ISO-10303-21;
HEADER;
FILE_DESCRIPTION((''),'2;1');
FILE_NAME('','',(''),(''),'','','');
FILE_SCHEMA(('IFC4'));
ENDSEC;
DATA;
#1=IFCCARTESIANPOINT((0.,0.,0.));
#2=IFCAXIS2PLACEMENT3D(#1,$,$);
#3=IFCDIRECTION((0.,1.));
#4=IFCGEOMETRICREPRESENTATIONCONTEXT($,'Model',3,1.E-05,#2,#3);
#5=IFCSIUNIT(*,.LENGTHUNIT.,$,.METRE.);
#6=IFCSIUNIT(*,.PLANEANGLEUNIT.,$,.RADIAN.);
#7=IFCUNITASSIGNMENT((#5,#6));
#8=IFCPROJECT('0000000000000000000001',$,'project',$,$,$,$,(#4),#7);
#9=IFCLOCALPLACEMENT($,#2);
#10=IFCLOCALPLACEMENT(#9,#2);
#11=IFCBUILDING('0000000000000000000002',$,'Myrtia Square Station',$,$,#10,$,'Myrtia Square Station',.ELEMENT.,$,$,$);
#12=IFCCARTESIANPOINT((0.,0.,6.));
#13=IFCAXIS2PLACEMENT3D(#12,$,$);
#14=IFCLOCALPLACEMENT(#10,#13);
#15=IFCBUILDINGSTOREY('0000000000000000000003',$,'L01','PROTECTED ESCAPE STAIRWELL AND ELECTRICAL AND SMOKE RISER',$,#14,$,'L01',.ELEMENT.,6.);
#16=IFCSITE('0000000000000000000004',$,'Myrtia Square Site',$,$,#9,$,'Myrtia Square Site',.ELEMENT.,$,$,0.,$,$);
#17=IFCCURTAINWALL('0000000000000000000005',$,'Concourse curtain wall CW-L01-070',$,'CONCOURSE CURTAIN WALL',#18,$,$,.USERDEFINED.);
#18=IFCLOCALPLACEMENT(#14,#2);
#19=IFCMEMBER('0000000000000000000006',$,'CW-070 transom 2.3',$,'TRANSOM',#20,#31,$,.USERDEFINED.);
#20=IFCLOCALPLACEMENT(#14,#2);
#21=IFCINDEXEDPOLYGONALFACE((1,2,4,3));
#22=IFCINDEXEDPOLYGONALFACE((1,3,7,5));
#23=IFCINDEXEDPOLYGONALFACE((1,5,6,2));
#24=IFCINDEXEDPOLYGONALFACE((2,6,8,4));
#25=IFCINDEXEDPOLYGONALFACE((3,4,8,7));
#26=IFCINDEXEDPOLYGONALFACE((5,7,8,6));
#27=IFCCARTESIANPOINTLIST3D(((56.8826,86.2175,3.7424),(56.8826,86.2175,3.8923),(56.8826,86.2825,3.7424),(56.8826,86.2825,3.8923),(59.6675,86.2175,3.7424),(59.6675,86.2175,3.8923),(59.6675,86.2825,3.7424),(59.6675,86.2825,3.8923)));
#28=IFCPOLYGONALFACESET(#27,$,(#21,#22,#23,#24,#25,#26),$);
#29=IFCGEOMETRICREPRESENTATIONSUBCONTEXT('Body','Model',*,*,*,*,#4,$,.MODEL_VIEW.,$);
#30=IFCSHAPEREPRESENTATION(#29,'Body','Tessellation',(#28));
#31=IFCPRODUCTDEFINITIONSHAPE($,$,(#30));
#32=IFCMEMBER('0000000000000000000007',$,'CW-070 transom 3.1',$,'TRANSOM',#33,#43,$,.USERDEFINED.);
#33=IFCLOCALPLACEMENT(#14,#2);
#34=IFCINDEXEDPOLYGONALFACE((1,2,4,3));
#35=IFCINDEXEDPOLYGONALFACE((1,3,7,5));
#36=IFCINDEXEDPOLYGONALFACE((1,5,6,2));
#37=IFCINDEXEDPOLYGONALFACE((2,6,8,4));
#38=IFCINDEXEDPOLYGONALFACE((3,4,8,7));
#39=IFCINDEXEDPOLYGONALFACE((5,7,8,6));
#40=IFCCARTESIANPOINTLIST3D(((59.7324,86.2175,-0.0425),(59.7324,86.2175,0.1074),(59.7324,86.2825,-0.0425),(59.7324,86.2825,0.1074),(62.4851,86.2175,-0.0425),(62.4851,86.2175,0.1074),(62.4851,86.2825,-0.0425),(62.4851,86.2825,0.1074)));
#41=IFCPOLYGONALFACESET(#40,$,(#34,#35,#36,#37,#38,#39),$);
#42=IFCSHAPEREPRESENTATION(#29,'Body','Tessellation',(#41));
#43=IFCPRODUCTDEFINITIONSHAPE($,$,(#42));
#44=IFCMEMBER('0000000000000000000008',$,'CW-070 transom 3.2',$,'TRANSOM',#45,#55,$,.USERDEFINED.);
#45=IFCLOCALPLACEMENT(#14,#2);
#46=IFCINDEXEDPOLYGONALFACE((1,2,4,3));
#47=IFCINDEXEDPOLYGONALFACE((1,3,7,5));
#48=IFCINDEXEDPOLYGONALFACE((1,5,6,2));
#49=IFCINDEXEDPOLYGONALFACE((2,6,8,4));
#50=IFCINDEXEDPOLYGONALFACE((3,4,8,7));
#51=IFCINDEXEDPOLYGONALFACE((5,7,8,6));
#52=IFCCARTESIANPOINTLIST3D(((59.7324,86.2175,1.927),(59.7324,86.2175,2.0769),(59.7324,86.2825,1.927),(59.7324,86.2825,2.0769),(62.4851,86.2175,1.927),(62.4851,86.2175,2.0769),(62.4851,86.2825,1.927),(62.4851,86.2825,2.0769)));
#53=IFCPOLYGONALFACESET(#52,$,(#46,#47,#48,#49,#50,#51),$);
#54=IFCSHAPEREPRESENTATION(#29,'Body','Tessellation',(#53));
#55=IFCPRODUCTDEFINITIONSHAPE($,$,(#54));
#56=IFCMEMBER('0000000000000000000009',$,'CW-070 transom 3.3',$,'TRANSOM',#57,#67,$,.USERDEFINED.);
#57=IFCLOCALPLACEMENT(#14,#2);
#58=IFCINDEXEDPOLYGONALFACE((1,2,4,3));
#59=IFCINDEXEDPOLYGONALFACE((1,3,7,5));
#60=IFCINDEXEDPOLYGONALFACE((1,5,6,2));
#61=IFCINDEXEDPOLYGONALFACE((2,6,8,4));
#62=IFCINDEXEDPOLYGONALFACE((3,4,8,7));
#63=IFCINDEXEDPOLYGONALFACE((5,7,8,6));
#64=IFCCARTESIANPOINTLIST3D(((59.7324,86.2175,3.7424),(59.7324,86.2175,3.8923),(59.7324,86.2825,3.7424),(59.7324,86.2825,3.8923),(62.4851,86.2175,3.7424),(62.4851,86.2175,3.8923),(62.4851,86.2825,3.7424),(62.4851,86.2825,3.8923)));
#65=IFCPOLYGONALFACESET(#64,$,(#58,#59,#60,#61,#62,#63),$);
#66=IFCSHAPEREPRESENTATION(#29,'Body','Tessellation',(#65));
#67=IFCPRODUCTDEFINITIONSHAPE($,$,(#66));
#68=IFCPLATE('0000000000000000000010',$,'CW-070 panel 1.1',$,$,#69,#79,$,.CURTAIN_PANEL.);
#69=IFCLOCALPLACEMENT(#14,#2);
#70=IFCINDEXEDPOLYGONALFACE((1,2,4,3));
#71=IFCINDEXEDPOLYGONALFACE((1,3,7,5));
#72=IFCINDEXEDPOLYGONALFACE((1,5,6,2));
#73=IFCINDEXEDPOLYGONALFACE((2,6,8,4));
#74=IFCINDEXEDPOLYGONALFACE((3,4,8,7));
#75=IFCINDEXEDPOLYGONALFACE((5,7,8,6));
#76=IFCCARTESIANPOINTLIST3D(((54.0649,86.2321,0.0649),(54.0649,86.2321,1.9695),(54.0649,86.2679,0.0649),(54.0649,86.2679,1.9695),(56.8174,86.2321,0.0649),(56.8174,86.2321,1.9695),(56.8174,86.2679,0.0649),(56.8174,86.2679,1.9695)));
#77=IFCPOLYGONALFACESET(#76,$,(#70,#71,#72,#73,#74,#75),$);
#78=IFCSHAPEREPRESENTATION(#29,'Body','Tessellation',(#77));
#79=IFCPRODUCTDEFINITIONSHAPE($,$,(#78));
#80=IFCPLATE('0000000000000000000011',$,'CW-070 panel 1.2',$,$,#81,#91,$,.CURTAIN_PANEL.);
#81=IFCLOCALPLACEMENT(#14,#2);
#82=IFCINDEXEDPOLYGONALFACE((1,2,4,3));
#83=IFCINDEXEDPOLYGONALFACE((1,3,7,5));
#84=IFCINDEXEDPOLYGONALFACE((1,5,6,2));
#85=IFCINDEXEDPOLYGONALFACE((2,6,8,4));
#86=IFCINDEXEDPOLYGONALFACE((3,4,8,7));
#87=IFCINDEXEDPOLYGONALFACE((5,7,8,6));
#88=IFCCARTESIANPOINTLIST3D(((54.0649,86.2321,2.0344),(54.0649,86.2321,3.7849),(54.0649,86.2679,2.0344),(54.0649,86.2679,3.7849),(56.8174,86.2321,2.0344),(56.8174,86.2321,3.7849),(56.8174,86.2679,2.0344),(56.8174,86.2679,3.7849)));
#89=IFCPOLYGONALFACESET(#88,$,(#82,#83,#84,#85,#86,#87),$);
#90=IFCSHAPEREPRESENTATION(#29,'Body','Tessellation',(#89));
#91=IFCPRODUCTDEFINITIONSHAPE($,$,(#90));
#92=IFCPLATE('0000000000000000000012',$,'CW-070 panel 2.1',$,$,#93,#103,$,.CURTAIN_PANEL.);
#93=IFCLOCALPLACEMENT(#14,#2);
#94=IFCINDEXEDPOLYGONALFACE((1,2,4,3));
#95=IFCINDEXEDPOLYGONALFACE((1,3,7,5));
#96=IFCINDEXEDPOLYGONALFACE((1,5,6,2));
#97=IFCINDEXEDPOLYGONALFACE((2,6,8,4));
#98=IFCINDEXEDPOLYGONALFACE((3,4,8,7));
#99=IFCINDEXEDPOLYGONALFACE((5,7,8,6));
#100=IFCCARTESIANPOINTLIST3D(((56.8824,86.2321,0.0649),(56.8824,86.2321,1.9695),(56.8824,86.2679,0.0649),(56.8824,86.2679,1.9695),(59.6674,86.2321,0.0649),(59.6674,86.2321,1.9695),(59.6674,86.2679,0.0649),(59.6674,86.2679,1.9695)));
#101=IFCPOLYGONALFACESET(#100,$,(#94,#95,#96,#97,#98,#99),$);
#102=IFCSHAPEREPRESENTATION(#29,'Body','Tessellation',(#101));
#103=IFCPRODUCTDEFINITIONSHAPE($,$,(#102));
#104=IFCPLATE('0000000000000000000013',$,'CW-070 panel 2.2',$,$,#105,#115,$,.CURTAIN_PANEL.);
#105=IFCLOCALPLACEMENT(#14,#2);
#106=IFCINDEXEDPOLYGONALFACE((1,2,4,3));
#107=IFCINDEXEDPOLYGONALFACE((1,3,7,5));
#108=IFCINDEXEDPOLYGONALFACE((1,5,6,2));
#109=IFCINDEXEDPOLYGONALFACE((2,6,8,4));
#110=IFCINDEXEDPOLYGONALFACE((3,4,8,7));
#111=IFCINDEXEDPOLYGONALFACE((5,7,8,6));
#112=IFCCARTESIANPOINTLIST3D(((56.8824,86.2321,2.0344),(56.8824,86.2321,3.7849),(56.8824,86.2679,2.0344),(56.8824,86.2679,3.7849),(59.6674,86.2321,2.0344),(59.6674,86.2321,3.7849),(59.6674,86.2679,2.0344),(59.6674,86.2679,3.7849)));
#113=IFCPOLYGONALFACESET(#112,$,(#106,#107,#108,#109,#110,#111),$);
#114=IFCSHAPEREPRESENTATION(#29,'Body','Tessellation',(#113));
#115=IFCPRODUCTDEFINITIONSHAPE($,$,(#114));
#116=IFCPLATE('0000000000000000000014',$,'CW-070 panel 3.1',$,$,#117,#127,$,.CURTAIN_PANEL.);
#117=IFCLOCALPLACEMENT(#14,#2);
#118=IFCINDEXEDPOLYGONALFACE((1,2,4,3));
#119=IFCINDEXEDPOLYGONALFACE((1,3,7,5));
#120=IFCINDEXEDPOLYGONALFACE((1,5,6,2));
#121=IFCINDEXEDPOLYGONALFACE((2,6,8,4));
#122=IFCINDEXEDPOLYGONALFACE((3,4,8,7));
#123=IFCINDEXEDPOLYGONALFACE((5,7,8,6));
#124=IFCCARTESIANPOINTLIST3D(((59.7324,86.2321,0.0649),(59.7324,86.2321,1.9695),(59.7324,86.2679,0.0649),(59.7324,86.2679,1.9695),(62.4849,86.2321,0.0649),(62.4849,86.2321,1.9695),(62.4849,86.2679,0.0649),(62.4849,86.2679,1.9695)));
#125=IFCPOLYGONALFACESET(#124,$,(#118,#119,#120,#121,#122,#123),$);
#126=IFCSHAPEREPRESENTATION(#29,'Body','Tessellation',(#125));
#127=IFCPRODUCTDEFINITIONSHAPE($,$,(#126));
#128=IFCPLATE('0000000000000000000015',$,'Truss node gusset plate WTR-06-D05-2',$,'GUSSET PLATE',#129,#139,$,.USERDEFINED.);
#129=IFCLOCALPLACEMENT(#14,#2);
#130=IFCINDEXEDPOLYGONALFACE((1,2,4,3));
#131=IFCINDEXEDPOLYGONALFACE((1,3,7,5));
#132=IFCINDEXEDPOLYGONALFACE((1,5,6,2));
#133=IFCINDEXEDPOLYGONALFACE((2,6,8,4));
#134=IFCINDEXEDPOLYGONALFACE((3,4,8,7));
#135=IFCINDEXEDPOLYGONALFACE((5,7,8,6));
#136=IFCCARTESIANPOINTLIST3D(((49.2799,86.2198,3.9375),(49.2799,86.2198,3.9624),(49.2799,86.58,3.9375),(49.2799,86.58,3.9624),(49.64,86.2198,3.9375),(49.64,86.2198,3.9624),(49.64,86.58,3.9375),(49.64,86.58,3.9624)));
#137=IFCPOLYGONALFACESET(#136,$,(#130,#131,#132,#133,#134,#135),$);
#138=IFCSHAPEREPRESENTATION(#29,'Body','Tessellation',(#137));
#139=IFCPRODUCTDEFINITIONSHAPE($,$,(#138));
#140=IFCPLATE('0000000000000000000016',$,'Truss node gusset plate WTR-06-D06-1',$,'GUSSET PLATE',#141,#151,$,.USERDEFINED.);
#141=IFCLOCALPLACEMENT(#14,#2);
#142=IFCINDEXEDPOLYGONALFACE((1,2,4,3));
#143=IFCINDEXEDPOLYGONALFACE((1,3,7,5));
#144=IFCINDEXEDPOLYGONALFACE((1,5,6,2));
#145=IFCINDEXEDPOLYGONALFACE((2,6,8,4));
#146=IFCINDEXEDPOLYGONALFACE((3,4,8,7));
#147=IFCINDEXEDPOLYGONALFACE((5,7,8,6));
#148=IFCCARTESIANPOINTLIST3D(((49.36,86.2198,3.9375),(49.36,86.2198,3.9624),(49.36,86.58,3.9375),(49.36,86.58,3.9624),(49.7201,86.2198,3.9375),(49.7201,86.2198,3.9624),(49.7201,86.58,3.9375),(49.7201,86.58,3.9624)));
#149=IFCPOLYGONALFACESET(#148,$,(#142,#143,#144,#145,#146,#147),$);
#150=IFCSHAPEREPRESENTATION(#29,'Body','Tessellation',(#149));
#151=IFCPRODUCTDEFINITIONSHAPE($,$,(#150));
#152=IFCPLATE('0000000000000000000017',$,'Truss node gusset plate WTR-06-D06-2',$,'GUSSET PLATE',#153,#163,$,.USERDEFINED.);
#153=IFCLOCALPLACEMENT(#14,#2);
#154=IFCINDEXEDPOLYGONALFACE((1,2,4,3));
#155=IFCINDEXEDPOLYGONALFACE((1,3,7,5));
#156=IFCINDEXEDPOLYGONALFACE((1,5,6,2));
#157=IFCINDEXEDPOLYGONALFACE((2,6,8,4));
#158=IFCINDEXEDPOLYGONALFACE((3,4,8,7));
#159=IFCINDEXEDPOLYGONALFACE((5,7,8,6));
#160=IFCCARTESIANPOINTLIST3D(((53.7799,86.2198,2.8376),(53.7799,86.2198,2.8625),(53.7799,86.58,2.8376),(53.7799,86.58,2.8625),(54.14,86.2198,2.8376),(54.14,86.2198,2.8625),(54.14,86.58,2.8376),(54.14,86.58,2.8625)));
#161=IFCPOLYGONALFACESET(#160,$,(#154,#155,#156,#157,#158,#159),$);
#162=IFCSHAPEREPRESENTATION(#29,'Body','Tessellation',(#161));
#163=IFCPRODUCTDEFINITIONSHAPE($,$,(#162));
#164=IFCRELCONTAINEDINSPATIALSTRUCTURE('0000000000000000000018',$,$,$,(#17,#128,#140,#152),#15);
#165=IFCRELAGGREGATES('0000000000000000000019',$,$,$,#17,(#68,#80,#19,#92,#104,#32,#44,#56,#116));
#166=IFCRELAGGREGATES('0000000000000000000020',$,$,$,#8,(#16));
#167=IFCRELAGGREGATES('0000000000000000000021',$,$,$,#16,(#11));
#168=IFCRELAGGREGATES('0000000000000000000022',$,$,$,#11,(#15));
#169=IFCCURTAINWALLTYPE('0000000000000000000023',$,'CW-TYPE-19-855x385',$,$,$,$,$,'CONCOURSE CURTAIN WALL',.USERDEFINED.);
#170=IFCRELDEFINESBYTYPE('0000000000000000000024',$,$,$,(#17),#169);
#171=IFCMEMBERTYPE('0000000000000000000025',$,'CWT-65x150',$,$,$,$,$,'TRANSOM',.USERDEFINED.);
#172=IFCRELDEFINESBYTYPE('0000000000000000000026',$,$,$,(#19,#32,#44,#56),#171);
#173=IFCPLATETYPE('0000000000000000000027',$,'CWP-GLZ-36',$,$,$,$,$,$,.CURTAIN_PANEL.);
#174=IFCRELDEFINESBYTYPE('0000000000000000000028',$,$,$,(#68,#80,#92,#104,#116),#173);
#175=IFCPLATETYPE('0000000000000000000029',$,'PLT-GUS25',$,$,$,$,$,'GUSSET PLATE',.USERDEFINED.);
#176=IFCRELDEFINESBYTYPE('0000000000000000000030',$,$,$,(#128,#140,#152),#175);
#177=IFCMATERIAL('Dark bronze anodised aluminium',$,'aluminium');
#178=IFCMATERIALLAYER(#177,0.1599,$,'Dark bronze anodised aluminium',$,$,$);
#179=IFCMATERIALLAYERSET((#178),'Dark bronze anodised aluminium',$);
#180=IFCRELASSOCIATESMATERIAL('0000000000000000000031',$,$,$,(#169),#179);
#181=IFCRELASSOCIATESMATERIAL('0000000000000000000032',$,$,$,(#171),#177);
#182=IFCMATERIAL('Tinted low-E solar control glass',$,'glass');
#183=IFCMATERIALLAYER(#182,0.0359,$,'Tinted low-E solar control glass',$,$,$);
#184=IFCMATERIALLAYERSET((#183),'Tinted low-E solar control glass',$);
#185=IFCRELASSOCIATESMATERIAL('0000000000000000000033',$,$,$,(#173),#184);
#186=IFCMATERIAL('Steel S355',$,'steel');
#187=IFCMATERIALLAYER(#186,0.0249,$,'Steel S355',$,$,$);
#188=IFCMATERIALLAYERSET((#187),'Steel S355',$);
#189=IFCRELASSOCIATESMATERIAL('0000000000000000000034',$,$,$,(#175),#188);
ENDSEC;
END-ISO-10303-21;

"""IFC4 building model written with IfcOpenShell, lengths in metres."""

from ifc_helpers import new_model, si_unit, direction, frame, origin, origin_2d, place, context, subcontext, project, spatial, rectangle, extrude, material, layer, layer_set, material_profile, profile_set, type_object, element, aggregate, save


model = new_model("IFC4")

# Units and contexts
model_context = context("Model", 3, precision=1e-05, world=origin(), true_north=direction((0.0, 1.0)))
body_context = subcontext(model_context, "Body", "Model", "MODEL_VIEW")
ifc_project = project(units=[si_unit("LENGTHUNIT", "METRE"), si_unit("PLANEANGLEUNIT", "RADIAN")], contexts=[model_context])

# Site, building, storey
site_placement = place(None, origin())
site = spatial("IfcSite", under=ifc_project, at=site_placement, Name="Myrtia Square Site", LongName="Myrtia Square Site", CompositionType="ELEMENT", RefElevation=0.0)
building_placement = place(site_placement, origin())
building = spatial("IfcBuilding", under=site, at=building_placement, Name="Myrtia Square Station", LongName="Myrtia Square Station", CompositionType="ELEMENT")
storey_placement = place(building_placement, frame((0.0, 0.0, 6.0)))
storey = spatial("IfcBuildingStorey", under=building, at=storey_placement, Name="L01", Description="PROTECTED ESCAPE STAIRWELL AND ELECTRICAL AND SMOKE RISER", LongName="L01", CompositionType="ELEMENT", Elevation=6.0)

# Shared definitions
ifc_material_1 = material(Name="Steel S355", Category="steel")

# Curtain wall, members, plates
ifc_material_2 = material(Name="Dark bronze anodised aluminium", Category="aluminium")
ifc_layer_1 = layer(ifc_material_2, 0.1599, Name="Dark bronze anodised aluminium")
ifc_layer_set_1 = layer_set([ifc_layer_1], Name="Dark bronze anodised aluminium")
curtain_wall_type = type_object("IfcCurtainWallType", Name="CW-TYPE-19-855x385", ElementType="CONCOURSE CURTAIN WALL", PredefinedType="USERDEFINED", material=ifc_layer_set_1)
curtain_wall_placement = place(storey_placement, origin())
curtain_wall = element("IfcCurtainWall", 1, at=curtain_wall_placement, inside=storey, type_object=curtain_wall_type, Name="Concourse curtain wall CW-L01-070", ObjectType="CONCOURSE CURTAIN WALL", PredefinedType="USERDEFINED")
ifc_material_profile_1 = material_profile(ifc_material_2, rectangle(XDim=0.0649, YDim=0.1499, at=origin_2d()), Name="ALU-T 65x150")
ifc_profile_set_1 = profile_set([ifc_material_profile_1], Name="Dark bronze anodised aluminium")
member_type_1 = type_object("IfcMemberType", Name="CWT-65x150", ElementType="TRANSOM", PredefinedType="USERDEFINED", material=ifc_profile_set_1)
member_1_placement = place(storey_placement, frame((56.8826, 86.25, 3.8174), z_axis=(1.0, 0.0, 0.0), x_axis=(0.0, 1.0, 0.0)))
member_1 = element("IfcMember", 2, at=member_1_placement, type_object=member_type_1, Name="CW-070 transom 2.3", ObjectType="TRANSOM", PredefinedType="USERDEFINED", context=body_context, shape_type="SweptSolid", body=[
    extrude(rectangle(XDim=0.0649, YDim=0.1499, at=origin_2d()), origin(), (0.0, 0.0, 1.0), 2.7849),
])
member_2_placement = place(storey_placement, frame((59.7324, 86.25, 0.0325), z_axis=(1.0, 0.0, 0.0), x_axis=(0.0, 1.0, 0.0)))
member_2 = element("IfcMember", 3, at=member_2_placement, type_object=member_type_1, Name="CW-070 transom 3.1", ObjectType="TRANSOM", PredefinedType="USERDEFINED", context=body_context, shape_type="SweptSolid", body=[
    extrude(rectangle(XDim=0.0649, YDim=0.1499, at=origin_2d()), origin(), (0.0, 0.0, 1.0), 2.7527),
])
member_3_placement = place(storey_placement, frame((59.7324, 86.25, 2.002), z_axis=(1.0, 0.0, 0.0), x_axis=(0.0, 1.0, 0.0)))
member_3 = element("IfcMember", 4, at=member_3_placement, type_object=member_type_1, Name="CW-070 transom 3.2", ObjectType="TRANSOM", PredefinedType="USERDEFINED", context=body_context, shape_type="SweptSolid", body=[
    extrude(rectangle(XDim=0.0649, YDim=0.1499, at=origin_2d()), origin(), (0.0, 0.0, 1.0), 2.7527),
])
member_4_placement = place(storey_placement, frame((59.7324, 86.25, 3.8174), z_axis=(1.0, 0.0, 0.0), x_axis=(0.0, 1.0, 0.0)))
member_4 = element("IfcMember", 5, at=member_4_placement, type_object=member_type_1, Name="CW-070 transom 3.3", ObjectType="TRANSOM", PredefinedType="USERDEFINED", context=body_context, shape_type="SweptSolid", body=[
    extrude(rectangle(XDim=0.0649, YDim=0.1499, at=origin_2d()), origin(), (0.0, 0.0, 1.0), 2.7527),
])
ifc_material_3 = material(Name="Tinted low-E solar control glass", Category="glass")
ifc_layer_2 = layer(ifc_material_3, 0.0359, Name="Tinted low-E solar control glass")
ifc_layer_set_2 = layer_set([ifc_layer_2], Name="Tinted low-E solar control glass")
plate_type_1 = type_object("IfcPlateType", Name="CWP-GLZ-36", PredefinedType="CURTAIN_PANEL", material=ifc_layer_set_2)
plate_1_placement = place(storey_placement, frame((55.4412, 86.25, 0.0649), z_axis=(0.0, 0.0, 1.0), x_axis=(1.0, 0.0, 0.0)))
plate_1 = element("IfcPlate", 6, at=plate_1_placement, type_object=plate_type_1, Name="CW-070 panel 1.1", PredefinedType="CURTAIN_PANEL", context=body_context, shape_type="SweptSolid", body=[
    extrude(rectangle(XDim=2.7524, YDim=0.0359, at=origin_2d()), origin(), (0.0, 0.0, 1.0), 1.9045),
])
plate_2_placement = place(storey_placement, frame((55.4412, 86.25, 2.0344), z_axis=(0.0, 0.0, 1.0), x_axis=(1.0, 0.0, 0.0)))
plate_2 = element("IfcPlate", 7, at=plate_2_placement, type_object=plate_type_1, Name="CW-070 panel 1.2", PredefinedType="CURTAIN_PANEL", context=body_context, shape_type="SweptSolid", body=[
    extrude(rectangle(XDim=2.7524, YDim=0.0359, at=origin_2d()), origin(), (0.0, 0.0, 1.0), 1.7505),
])
plate_3_placement = place(storey_placement, frame((58.2749, 86.25, 0.0649), z_axis=(0.0, 0.0, 1.0), x_axis=(1.0, 0.0, 0.0)))
plate_3 = element("IfcPlate", 8, at=plate_3_placement, type_object=plate_type_1, Name="CW-070 panel 2.1", PredefinedType="CURTAIN_PANEL", context=body_context, shape_type="SweptSolid", body=[
    extrude(rectangle(XDim=2.7849, YDim=0.0359, at=origin_2d()), origin(), (0.0, 0.0, 1.0), 1.9045),
])
plate_4_placement = place(storey_placement, frame((58.2749, 86.25, 2.0344), z_axis=(0.0, 0.0, 1.0), x_axis=(1.0, 0.0, 0.0)))
plate_4 = element("IfcPlate", 9, at=plate_4_placement, type_object=plate_type_1, Name="CW-070 panel 2.2", PredefinedType="CURTAIN_PANEL", context=body_context, shape_type="SweptSolid", body=[
    extrude(rectangle(XDim=2.7849, YDim=0.0359, at=origin_2d()), origin(), (0.0, 0.0, 1.0), 1.7505),
])
plate_5_placement = place(storey_placement, frame((61.1086, 86.25, 0.0649), z_axis=(0.0, 0.0, 1.0), x_axis=(1.0, 0.0, 0.0)))
plate_5 = element("IfcPlate", 10, at=plate_5_placement, type_object=plate_type_1, Name="CW-070 panel 3.1", PredefinedType="CURTAIN_PANEL", context=body_context, shape_type="SweptSolid", body=[
    extrude(rectangle(XDim=2.7524, YDim=0.0359, at=origin_2d()), origin(), (0.0, 0.0, 1.0), 1.9045),
])
aggregate(curtain_wall, [plate_1, plate_2, member_1, plate_3, plate_4, member_2, member_3, member_4, plate_5])

# Plates
ifc_layer_3 = layer(ifc_material_1, 0.0249, Name="Steel S355")
ifc_layer_set_3 = layer_set([ifc_layer_3], Name="Steel S355")
plate_type_2 = type_object("IfcPlateType", Name="PLT-GUS25", ElementType="GUSSET PLATE", PredefinedType="USERDEFINED", material=ifc_layer_set_3)
for number, where, z_axis, x_axis, name in (
    (11, (49.46, 86.3999, 3.9375), (0.0, 0.0, 1.0), (1.0, 0.0, 0.0), "Truss node gusset plate WTR-06-D05-2"),
    (12, (49.54, 86.3999, 3.9375), (0.0, 0.0, 1.0), (1.0, 0.0, 0.0), "Truss node gusset plate WTR-06-D06-1"),
    (13, (53.96, 86.3999, 2.8376), (0.0, 0.0, 1.0), (1.0, 0.0, 0.0), "Truss node gusset plate WTR-06-D06-2"),
):
    element("IfcPlate", number, at=place(storey_placement, frame(where, z_axis=z_axis, x_axis=x_axis)), inside=storey, type_object=plate_type_2, Name=name, ObjectType="GUSSET PLATE", PredefinedType="USERDEFINED", context=body_context, shape_type="SweptSolid", body=[
        extrude(rectangle(XDim=0.3601, YDim=0.3601, at=origin_2d()), origin(), (0.0, 0.0, 1.0), 0.0249),
    ])

save(model, "model.ifc")
